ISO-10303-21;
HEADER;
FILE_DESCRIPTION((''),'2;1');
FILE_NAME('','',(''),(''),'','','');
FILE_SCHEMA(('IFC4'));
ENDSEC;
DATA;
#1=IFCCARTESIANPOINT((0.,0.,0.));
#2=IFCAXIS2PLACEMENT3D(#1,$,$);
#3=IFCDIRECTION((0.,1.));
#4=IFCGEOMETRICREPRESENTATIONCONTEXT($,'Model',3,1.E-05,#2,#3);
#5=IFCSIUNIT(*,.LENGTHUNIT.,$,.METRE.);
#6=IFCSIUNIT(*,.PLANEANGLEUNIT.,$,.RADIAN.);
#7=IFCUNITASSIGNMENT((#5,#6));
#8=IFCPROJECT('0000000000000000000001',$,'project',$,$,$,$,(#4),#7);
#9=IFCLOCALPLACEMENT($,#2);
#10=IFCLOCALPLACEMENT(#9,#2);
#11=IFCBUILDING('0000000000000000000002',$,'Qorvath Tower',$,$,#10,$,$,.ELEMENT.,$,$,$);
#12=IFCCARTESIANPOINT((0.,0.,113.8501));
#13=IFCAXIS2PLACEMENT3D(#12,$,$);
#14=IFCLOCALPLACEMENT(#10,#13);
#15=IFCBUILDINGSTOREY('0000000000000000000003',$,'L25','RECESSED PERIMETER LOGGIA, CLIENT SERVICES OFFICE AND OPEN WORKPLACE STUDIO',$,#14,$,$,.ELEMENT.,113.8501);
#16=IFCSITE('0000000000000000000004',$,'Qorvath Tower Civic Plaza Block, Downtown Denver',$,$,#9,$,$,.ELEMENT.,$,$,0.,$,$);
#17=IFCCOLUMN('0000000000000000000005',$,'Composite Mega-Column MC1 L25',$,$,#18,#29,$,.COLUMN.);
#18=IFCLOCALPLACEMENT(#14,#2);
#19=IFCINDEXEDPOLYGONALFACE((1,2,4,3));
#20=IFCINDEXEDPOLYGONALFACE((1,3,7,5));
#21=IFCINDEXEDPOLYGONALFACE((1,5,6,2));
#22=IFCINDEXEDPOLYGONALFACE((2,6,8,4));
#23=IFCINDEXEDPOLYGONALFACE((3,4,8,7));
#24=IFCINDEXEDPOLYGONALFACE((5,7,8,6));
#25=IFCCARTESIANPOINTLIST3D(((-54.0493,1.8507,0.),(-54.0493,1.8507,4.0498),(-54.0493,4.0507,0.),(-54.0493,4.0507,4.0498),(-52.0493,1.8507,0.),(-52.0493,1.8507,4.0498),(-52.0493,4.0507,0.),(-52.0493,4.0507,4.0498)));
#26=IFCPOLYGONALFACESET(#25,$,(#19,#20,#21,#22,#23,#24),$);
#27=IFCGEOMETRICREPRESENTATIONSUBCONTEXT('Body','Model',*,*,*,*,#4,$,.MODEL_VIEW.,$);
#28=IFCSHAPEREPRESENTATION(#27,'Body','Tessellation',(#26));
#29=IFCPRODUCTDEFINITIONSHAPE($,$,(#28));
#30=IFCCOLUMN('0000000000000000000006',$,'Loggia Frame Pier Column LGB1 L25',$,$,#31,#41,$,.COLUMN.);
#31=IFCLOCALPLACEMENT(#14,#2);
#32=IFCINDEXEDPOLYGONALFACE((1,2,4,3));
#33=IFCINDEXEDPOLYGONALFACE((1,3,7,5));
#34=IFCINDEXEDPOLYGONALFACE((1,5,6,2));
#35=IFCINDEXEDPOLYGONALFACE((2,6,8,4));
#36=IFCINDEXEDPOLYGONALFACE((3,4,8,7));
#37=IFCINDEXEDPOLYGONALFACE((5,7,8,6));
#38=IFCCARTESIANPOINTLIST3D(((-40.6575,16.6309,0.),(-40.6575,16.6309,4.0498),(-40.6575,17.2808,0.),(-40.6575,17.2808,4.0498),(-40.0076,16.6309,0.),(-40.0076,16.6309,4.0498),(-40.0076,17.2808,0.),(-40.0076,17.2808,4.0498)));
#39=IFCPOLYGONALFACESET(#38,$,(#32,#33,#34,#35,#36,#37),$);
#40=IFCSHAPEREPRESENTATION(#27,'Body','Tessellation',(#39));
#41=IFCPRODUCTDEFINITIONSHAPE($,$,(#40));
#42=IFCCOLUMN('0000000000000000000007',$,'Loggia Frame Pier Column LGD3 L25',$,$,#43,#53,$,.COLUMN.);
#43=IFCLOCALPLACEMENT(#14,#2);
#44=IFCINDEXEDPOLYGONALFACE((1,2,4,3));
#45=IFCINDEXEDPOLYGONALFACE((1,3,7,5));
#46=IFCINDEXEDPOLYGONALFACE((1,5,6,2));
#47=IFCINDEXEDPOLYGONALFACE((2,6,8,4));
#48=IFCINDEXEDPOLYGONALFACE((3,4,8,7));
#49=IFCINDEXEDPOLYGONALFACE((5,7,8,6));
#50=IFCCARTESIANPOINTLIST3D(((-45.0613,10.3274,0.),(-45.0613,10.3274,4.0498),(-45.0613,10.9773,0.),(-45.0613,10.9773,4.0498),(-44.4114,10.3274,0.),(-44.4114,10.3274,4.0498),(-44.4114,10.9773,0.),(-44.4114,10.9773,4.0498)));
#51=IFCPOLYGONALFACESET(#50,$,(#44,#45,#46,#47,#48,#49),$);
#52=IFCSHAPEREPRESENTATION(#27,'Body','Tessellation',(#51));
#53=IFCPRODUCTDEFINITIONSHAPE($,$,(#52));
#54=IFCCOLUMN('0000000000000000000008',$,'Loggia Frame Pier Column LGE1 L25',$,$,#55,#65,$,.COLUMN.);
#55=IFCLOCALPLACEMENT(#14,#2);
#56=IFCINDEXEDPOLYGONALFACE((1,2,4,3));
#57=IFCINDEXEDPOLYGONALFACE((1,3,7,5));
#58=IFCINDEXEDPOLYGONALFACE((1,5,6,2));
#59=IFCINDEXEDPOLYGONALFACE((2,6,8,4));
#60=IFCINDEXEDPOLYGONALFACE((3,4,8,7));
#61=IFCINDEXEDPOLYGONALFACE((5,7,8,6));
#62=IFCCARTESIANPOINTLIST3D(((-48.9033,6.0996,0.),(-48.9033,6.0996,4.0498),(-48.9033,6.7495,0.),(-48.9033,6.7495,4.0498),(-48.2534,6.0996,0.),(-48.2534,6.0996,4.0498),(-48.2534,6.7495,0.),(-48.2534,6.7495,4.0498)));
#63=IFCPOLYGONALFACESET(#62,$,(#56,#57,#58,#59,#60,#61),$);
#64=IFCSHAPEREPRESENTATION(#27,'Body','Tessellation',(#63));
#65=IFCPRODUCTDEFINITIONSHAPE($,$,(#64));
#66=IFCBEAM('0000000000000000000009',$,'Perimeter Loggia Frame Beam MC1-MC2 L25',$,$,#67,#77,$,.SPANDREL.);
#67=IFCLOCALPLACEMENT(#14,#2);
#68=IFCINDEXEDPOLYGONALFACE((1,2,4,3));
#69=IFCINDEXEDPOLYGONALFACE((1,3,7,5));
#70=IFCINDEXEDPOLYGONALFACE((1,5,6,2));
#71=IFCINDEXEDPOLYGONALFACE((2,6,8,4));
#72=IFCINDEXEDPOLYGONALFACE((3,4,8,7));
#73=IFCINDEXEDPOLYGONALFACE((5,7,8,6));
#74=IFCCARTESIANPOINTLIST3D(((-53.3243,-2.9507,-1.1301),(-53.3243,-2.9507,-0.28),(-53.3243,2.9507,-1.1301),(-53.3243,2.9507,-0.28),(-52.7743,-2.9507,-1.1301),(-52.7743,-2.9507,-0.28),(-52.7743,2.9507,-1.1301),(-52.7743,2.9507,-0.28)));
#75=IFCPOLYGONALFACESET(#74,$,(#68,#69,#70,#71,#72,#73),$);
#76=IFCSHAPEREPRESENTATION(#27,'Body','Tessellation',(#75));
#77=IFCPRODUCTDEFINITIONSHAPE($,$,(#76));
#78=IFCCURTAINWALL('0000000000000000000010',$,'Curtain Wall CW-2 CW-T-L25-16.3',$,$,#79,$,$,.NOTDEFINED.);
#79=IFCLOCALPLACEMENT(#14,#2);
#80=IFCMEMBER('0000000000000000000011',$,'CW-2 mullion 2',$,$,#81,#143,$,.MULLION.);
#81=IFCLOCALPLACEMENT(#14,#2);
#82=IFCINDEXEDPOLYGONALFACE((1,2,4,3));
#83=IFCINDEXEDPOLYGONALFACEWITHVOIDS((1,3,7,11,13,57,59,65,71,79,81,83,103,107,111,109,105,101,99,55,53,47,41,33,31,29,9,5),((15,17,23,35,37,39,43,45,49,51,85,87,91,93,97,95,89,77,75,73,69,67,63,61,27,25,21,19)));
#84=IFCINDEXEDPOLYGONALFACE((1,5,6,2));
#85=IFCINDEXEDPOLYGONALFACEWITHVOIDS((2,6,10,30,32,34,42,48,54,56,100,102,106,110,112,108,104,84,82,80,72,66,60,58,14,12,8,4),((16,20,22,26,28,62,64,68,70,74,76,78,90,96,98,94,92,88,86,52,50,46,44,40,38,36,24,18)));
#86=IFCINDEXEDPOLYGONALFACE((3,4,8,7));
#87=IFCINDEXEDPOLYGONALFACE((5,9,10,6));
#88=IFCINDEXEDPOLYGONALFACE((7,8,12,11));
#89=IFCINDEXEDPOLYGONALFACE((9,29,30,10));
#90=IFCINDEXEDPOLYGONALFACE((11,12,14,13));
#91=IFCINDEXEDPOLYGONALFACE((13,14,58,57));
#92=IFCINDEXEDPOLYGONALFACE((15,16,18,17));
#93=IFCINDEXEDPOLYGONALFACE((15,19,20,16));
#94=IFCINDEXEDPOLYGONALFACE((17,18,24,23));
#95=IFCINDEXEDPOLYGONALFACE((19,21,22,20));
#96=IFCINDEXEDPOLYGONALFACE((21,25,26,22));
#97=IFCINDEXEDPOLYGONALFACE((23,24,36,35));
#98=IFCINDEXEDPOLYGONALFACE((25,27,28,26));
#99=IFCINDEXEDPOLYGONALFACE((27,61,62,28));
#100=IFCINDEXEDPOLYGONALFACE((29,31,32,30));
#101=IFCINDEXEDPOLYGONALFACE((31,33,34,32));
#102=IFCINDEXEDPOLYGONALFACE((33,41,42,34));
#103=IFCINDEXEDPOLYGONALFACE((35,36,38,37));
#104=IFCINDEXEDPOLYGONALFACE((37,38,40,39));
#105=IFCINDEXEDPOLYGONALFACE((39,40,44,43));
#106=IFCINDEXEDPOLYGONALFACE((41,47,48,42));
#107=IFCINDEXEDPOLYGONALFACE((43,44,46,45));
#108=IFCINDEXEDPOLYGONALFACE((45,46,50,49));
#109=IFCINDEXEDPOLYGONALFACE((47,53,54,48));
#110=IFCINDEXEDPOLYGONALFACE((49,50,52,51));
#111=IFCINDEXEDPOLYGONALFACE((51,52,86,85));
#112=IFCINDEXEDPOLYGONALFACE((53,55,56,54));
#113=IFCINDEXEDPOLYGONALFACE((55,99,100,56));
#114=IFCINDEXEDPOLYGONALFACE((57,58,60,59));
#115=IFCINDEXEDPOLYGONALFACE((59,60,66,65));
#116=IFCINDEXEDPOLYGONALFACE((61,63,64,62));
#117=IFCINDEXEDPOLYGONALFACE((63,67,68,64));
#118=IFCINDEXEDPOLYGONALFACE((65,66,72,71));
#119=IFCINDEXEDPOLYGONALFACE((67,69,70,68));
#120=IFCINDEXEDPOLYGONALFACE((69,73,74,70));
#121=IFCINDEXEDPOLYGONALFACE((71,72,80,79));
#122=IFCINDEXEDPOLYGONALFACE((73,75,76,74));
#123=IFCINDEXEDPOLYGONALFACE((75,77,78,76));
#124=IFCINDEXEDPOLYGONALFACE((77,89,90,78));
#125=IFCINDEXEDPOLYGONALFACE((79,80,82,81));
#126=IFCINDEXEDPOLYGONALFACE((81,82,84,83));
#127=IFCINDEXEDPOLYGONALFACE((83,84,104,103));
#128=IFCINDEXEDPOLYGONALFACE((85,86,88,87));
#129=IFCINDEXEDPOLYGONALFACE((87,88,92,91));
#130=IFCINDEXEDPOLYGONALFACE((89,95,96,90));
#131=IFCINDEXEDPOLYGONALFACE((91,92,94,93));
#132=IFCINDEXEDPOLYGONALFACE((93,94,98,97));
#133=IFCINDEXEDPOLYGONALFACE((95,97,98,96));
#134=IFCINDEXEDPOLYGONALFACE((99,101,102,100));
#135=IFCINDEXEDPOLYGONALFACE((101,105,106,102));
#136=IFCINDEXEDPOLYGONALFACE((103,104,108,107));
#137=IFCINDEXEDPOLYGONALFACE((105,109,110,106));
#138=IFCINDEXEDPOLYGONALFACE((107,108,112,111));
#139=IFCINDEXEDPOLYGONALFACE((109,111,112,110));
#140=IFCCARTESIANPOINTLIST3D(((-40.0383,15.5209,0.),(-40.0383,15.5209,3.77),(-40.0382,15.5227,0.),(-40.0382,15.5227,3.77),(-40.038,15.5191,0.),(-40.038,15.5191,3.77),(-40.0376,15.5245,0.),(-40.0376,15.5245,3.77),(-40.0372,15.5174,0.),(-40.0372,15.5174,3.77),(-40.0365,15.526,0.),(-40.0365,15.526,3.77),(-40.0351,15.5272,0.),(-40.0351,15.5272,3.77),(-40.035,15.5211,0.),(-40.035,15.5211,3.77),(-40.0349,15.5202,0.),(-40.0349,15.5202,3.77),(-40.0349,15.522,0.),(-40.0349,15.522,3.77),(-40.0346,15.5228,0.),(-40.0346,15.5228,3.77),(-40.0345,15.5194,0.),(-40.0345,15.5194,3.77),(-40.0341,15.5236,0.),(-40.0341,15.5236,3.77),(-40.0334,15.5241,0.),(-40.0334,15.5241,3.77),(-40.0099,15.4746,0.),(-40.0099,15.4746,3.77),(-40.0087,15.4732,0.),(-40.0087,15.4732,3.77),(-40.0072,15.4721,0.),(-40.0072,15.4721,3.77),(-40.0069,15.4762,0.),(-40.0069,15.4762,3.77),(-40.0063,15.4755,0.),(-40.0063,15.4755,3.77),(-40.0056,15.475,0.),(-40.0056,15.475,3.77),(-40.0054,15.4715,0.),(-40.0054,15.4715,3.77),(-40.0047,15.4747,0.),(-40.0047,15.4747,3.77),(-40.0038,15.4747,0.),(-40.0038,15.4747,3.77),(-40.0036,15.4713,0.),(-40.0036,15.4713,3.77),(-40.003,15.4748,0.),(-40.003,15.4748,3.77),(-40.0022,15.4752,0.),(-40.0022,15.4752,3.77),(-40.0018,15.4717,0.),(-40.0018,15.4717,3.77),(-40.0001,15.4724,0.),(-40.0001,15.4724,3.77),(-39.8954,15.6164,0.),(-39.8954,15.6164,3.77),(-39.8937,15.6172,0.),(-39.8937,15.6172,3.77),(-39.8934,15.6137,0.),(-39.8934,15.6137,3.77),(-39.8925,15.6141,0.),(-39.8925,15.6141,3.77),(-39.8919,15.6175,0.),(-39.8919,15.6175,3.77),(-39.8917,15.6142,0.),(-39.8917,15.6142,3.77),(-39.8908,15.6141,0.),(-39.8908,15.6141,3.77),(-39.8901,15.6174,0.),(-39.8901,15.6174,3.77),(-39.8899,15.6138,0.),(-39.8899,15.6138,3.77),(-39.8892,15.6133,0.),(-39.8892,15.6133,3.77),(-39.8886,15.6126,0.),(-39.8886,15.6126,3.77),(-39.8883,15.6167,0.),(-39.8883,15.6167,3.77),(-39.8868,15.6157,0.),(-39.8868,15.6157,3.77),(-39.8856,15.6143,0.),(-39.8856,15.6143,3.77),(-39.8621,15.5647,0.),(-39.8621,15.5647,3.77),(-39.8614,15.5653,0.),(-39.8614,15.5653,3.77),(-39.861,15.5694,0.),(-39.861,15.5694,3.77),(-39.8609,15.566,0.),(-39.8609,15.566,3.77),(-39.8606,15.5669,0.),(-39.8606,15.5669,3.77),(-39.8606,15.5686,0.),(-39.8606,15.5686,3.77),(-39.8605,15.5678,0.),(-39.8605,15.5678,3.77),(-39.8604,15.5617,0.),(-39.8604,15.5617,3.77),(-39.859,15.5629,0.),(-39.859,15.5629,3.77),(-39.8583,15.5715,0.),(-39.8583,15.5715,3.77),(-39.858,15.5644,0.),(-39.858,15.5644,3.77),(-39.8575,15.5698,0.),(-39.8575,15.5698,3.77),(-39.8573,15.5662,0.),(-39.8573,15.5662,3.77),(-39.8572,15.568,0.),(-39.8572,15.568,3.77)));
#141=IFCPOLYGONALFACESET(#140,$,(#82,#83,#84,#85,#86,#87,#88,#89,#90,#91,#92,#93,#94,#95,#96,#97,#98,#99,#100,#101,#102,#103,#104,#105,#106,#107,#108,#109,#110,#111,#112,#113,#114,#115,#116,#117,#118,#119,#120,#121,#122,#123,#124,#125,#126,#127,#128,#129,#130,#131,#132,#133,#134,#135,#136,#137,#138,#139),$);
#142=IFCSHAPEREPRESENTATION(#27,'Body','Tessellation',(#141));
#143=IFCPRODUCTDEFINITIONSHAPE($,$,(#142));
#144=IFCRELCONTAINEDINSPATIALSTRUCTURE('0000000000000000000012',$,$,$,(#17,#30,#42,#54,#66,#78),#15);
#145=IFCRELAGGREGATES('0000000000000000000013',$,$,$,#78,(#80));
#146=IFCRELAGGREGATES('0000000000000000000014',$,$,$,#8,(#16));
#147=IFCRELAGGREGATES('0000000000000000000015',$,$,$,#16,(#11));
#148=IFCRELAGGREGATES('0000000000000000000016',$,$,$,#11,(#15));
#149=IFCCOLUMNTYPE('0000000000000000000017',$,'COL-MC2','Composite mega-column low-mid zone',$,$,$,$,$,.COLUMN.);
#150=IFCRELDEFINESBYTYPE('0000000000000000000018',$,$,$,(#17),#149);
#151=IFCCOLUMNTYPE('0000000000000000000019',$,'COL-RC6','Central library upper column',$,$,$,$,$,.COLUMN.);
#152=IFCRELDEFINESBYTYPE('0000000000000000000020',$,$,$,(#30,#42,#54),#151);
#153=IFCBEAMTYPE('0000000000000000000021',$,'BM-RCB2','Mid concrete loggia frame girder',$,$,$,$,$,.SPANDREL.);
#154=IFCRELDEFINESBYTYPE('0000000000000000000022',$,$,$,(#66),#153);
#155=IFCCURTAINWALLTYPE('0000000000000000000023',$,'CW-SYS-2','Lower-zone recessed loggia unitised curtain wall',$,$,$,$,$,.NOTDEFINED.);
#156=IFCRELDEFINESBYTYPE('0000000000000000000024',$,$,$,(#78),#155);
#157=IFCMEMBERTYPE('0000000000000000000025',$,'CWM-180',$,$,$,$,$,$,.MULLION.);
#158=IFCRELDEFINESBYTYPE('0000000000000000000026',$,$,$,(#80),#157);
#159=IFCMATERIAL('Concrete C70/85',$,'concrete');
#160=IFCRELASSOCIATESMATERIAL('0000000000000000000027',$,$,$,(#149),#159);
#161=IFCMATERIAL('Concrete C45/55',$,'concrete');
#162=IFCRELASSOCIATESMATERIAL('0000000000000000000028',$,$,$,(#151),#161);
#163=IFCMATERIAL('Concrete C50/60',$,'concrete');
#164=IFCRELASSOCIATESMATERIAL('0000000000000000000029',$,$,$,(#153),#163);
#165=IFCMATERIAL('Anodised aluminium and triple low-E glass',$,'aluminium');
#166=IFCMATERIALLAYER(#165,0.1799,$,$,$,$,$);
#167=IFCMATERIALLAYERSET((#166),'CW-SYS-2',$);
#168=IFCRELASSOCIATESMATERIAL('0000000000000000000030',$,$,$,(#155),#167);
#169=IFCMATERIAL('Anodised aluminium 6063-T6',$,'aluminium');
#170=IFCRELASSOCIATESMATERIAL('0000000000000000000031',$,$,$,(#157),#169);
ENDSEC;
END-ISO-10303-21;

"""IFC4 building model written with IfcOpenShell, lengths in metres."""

from ifc_helpers import new_model, si_unit, direction, frame, origin, origin_2d, place, context, subcontext, project, spatial, rectangle, hollow_rectangle, extrude, material, layer, layer_set, material_profile, profile_set, type_object, element, aggregate, save


model = new_model("IFC4")

# Units and contexts
model_context = context("Model", 3, precision=1e-05, world=origin(), true_north=direction((0.0, 1.0)))
body_context = subcontext(model_context, "Body", "Model", "MODEL_VIEW")
ifc_project = project(units=[si_unit("LENGTHUNIT", "METRE"), si_unit("PLANEANGLEUNIT", "RADIAN")], contexts=[model_context])

# Site, building, storey
site_placement = place(None, origin())
site = spatial("IfcSite", under=ifc_project, at=site_placement, Name="Qorvath Tower Civic Plaza Block, Downtown Denver", CompositionType="ELEMENT", RefElevation=0.0)
building_placement = place(site_placement, origin())
building = spatial("IfcBuilding", under=site, at=building_placement, Name="Qorvath Tower", CompositionType="ELEMENT")
storey_placement = place(building_placement, frame((0.0, 0.0, 113.8501)))
storey = spatial("IfcBuildingStorey", under=building, at=storey_placement, Name="L25", Description="RECESSED PERIMETER LOGGIA, CLIENT SERVICES OFFICE AND OPEN WORKPLACE STUDIO", CompositionType="ELEMENT", Elevation=113.8501)

# Columns
ifc_material_1 = material(Name="Concrete C70/85", Category="concrete")
ifc_material_profile_1 = material_profile(ifc_material_1, rectangle(XDim=2.0, YDim=2.2, at=origin_2d()), Name="MC 2200x2000")
ifc_profile_set_1 = profile_set([ifc_material_profile_1], Name="Concrete C70/85")
column_type_1 = type_object("IfcColumnType", Name="COL-MC2", Description="Composite mega-column low-mid zone", PredefinedType="COLUMN", material=ifc_profile_set_1)
column_placement = place(storey_placement, frame((-53.0493, 2.9507, 0.0), z_axis=(0.0, 0.0, 1.0), x_axis=(1.0, 0.0, 0.0)))
element("IfcColumn", 1, at=column_placement, inside=storey, type_object=column_type_1, Name="Composite Mega-Column MC1 L25", PredefinedType="COLUMN", context=body_context, shape_type="SweptSolid", body=[
    extrude(rectangle(XDim=2.0, YDim=2.2, at=origin_2d()), origin(), (0.0, 0.0, 1.0), 4.0498),
])
ifc_material_2 = material(Name="Concrete C45/55", Category="concrete")
ifc_material_profile_2 = material_profile(ifc_material_2, rectangle(XDim=0.6499, YDim=0.6499, at=origin_2d()), Name="RC 650x650")
ifc_profile_set_2 = profile_set([ifc_material_profile_2], Name="Concrete C45/55")
column_type_2 = type_object("IfcColumnType", Name="COL-RC6", Description="Central library upper column", PredefinedType="COLUMN", material=ifc_profile_set_2)
for number, where, z_axis, x_axis, name in (
    (2, (-40.3325, 16.9558, 0.0), (0.0, 0.0, 1.0), (1.0, 0.0, 0.0), "Loggia Frame Pier Column LGB1 L25"),
    (3, (-44.7363, 10.6523, 0.0), (0.0, 0.0, 1.0), (1.0, 0.0, 0.0), "Loggia Frame Pier Column LGD3 L25"),
    (4, (-48.5784, 6.4246, 0.0), (0.0, 0.0, 1.0), (1.0, 0.0, 0.0), "Loggia Frame Pier Column LGE1 L25"),
):
    element("IfcColumn", number, at=place(storey_placement, frame(where, z_axis=z_axis, x_axis=x_axis)), inside=storey, type_object=column_type_2, Name=name, PredefinedType="COLUMN", context=body_context, shape_type="SweptSolid", body=[
        extrude(rectangle(XDim=0.6499, YDim=0.6499, at=origin_2d()), origin(), (0.0, 0.0, 1.0), 4.0498),
    ])

# Beam
ifc_material_3 = material(Name="Concrete C50/60", Category="concrete")
ifc_material_profile_3 = material_profile(ifc_material_3, rectangle(XDim=0.55, YDim=0.8501, at=origin_2d()), Name="RCB 850x550")
ifc_profile_set_3 = profile_set([ifc_material_profile_3], Name="Concrete C50/60")
beam_type = type_object("IfcBeamType", Name="BM-RCB2", Description="Mid concrete loggia frame girder", PredefinedType="SPANDREL", material=ifc_profile_set_3)
beam_placement = place(storey_placement, frame((-53.0493, 2.9507, -0.7051), z_axis=(0.0, -1.0, 0.0), x_axis=(1.0, 0.0, 0.0)))
element("IfcBeam", 5, at=beam_placement, inside=storey, type_object=beam_type, Name="Perimeter Loggia Frame Beam MC1-MC2 L25", PredefinedType="SPANDREL", context=body_context, shape_type="SweptSolid", body=[
    extrude(rectangle(XDim=0.55, YDim=0.8501, at=origin_2d()), origin(), (0.0, 0.0, 1.0), 5.9014),
])

# Curtain wall, member
ifc_material_4 = material(Name="Anodised aluminium and triple low-E glass", Category="aluminium")
ifc_layer_1 = layer(ifc_material_4, 0.1799)
ifc_layer_set_1 = layer_set([ifc_layer_1], Name="CW-SYS-2")
curtain_wall_type = type_object("IfcCurtainWallType", Name="CW-SYS-2", Description="Lower-zone recessed loggia unitised curtain wall", PredefinedType="NOTDEFINED", material=ifc_layer_set_1)
curtain_wall_placement = place(storey_placement, origin())
curtain_wall = element("IfcCurtainWall", 6, at=curtain_wall_placement, inside=storey, type_object=curtain_wall_type, Name="Curtain Wall CW-2 CW-T-L25-16.3", PredefinedType="NOTDEFINED")
ifc_material_5 = material(Name="Anodised aluminium 6063-T6", Category="aluminium")
ifc_material_profile_4 = material_profile(ifc_material_5, hollow_rectangle(XDim=0.0649, YDim=0.1799, WallThickness=0.0034, InnerFilletRadius=0.0034, OuterFilletRadius=0.0071, at=origin_2d()), Name="CWM 180x65")
ifc_profile_set_4 = profile_set([ifc_material_profile_4], Name="Anodised aluminium 6063-T6")
member_type_1 = type_object("IfcMemberType", Name="CWM-180", PredefinedType="MULLION", material=ifc_profile_set_4)
member_1_placement = place(storey_placement, frame((-39.9478, 15.5444, 0.0), z_axis=(0.0, 0.0, 1.0), x_axis=(0.53853, -0.842606, 0.0)))
member_1 = element("IfcMember", 7, at=member_1_placement, type_object=member_type_1, Name="CW-2 mullion 2", PredefinedType="MULLION", context=body_context, shape_type="SweptSolid", body=[
    extrude(hollow_rectangle(XDim=0.0649, YDim=0.1799, WallThickness=0.0034, InnerFilletRadius=0.0034, OuterFilletRadius=0.0071, at=origin_2d()), origin(), (0.0, 0.0, 1.0), 3.77),
])
aggregate(curtain_wall, [member_1])

save(model, "model.ifc")
